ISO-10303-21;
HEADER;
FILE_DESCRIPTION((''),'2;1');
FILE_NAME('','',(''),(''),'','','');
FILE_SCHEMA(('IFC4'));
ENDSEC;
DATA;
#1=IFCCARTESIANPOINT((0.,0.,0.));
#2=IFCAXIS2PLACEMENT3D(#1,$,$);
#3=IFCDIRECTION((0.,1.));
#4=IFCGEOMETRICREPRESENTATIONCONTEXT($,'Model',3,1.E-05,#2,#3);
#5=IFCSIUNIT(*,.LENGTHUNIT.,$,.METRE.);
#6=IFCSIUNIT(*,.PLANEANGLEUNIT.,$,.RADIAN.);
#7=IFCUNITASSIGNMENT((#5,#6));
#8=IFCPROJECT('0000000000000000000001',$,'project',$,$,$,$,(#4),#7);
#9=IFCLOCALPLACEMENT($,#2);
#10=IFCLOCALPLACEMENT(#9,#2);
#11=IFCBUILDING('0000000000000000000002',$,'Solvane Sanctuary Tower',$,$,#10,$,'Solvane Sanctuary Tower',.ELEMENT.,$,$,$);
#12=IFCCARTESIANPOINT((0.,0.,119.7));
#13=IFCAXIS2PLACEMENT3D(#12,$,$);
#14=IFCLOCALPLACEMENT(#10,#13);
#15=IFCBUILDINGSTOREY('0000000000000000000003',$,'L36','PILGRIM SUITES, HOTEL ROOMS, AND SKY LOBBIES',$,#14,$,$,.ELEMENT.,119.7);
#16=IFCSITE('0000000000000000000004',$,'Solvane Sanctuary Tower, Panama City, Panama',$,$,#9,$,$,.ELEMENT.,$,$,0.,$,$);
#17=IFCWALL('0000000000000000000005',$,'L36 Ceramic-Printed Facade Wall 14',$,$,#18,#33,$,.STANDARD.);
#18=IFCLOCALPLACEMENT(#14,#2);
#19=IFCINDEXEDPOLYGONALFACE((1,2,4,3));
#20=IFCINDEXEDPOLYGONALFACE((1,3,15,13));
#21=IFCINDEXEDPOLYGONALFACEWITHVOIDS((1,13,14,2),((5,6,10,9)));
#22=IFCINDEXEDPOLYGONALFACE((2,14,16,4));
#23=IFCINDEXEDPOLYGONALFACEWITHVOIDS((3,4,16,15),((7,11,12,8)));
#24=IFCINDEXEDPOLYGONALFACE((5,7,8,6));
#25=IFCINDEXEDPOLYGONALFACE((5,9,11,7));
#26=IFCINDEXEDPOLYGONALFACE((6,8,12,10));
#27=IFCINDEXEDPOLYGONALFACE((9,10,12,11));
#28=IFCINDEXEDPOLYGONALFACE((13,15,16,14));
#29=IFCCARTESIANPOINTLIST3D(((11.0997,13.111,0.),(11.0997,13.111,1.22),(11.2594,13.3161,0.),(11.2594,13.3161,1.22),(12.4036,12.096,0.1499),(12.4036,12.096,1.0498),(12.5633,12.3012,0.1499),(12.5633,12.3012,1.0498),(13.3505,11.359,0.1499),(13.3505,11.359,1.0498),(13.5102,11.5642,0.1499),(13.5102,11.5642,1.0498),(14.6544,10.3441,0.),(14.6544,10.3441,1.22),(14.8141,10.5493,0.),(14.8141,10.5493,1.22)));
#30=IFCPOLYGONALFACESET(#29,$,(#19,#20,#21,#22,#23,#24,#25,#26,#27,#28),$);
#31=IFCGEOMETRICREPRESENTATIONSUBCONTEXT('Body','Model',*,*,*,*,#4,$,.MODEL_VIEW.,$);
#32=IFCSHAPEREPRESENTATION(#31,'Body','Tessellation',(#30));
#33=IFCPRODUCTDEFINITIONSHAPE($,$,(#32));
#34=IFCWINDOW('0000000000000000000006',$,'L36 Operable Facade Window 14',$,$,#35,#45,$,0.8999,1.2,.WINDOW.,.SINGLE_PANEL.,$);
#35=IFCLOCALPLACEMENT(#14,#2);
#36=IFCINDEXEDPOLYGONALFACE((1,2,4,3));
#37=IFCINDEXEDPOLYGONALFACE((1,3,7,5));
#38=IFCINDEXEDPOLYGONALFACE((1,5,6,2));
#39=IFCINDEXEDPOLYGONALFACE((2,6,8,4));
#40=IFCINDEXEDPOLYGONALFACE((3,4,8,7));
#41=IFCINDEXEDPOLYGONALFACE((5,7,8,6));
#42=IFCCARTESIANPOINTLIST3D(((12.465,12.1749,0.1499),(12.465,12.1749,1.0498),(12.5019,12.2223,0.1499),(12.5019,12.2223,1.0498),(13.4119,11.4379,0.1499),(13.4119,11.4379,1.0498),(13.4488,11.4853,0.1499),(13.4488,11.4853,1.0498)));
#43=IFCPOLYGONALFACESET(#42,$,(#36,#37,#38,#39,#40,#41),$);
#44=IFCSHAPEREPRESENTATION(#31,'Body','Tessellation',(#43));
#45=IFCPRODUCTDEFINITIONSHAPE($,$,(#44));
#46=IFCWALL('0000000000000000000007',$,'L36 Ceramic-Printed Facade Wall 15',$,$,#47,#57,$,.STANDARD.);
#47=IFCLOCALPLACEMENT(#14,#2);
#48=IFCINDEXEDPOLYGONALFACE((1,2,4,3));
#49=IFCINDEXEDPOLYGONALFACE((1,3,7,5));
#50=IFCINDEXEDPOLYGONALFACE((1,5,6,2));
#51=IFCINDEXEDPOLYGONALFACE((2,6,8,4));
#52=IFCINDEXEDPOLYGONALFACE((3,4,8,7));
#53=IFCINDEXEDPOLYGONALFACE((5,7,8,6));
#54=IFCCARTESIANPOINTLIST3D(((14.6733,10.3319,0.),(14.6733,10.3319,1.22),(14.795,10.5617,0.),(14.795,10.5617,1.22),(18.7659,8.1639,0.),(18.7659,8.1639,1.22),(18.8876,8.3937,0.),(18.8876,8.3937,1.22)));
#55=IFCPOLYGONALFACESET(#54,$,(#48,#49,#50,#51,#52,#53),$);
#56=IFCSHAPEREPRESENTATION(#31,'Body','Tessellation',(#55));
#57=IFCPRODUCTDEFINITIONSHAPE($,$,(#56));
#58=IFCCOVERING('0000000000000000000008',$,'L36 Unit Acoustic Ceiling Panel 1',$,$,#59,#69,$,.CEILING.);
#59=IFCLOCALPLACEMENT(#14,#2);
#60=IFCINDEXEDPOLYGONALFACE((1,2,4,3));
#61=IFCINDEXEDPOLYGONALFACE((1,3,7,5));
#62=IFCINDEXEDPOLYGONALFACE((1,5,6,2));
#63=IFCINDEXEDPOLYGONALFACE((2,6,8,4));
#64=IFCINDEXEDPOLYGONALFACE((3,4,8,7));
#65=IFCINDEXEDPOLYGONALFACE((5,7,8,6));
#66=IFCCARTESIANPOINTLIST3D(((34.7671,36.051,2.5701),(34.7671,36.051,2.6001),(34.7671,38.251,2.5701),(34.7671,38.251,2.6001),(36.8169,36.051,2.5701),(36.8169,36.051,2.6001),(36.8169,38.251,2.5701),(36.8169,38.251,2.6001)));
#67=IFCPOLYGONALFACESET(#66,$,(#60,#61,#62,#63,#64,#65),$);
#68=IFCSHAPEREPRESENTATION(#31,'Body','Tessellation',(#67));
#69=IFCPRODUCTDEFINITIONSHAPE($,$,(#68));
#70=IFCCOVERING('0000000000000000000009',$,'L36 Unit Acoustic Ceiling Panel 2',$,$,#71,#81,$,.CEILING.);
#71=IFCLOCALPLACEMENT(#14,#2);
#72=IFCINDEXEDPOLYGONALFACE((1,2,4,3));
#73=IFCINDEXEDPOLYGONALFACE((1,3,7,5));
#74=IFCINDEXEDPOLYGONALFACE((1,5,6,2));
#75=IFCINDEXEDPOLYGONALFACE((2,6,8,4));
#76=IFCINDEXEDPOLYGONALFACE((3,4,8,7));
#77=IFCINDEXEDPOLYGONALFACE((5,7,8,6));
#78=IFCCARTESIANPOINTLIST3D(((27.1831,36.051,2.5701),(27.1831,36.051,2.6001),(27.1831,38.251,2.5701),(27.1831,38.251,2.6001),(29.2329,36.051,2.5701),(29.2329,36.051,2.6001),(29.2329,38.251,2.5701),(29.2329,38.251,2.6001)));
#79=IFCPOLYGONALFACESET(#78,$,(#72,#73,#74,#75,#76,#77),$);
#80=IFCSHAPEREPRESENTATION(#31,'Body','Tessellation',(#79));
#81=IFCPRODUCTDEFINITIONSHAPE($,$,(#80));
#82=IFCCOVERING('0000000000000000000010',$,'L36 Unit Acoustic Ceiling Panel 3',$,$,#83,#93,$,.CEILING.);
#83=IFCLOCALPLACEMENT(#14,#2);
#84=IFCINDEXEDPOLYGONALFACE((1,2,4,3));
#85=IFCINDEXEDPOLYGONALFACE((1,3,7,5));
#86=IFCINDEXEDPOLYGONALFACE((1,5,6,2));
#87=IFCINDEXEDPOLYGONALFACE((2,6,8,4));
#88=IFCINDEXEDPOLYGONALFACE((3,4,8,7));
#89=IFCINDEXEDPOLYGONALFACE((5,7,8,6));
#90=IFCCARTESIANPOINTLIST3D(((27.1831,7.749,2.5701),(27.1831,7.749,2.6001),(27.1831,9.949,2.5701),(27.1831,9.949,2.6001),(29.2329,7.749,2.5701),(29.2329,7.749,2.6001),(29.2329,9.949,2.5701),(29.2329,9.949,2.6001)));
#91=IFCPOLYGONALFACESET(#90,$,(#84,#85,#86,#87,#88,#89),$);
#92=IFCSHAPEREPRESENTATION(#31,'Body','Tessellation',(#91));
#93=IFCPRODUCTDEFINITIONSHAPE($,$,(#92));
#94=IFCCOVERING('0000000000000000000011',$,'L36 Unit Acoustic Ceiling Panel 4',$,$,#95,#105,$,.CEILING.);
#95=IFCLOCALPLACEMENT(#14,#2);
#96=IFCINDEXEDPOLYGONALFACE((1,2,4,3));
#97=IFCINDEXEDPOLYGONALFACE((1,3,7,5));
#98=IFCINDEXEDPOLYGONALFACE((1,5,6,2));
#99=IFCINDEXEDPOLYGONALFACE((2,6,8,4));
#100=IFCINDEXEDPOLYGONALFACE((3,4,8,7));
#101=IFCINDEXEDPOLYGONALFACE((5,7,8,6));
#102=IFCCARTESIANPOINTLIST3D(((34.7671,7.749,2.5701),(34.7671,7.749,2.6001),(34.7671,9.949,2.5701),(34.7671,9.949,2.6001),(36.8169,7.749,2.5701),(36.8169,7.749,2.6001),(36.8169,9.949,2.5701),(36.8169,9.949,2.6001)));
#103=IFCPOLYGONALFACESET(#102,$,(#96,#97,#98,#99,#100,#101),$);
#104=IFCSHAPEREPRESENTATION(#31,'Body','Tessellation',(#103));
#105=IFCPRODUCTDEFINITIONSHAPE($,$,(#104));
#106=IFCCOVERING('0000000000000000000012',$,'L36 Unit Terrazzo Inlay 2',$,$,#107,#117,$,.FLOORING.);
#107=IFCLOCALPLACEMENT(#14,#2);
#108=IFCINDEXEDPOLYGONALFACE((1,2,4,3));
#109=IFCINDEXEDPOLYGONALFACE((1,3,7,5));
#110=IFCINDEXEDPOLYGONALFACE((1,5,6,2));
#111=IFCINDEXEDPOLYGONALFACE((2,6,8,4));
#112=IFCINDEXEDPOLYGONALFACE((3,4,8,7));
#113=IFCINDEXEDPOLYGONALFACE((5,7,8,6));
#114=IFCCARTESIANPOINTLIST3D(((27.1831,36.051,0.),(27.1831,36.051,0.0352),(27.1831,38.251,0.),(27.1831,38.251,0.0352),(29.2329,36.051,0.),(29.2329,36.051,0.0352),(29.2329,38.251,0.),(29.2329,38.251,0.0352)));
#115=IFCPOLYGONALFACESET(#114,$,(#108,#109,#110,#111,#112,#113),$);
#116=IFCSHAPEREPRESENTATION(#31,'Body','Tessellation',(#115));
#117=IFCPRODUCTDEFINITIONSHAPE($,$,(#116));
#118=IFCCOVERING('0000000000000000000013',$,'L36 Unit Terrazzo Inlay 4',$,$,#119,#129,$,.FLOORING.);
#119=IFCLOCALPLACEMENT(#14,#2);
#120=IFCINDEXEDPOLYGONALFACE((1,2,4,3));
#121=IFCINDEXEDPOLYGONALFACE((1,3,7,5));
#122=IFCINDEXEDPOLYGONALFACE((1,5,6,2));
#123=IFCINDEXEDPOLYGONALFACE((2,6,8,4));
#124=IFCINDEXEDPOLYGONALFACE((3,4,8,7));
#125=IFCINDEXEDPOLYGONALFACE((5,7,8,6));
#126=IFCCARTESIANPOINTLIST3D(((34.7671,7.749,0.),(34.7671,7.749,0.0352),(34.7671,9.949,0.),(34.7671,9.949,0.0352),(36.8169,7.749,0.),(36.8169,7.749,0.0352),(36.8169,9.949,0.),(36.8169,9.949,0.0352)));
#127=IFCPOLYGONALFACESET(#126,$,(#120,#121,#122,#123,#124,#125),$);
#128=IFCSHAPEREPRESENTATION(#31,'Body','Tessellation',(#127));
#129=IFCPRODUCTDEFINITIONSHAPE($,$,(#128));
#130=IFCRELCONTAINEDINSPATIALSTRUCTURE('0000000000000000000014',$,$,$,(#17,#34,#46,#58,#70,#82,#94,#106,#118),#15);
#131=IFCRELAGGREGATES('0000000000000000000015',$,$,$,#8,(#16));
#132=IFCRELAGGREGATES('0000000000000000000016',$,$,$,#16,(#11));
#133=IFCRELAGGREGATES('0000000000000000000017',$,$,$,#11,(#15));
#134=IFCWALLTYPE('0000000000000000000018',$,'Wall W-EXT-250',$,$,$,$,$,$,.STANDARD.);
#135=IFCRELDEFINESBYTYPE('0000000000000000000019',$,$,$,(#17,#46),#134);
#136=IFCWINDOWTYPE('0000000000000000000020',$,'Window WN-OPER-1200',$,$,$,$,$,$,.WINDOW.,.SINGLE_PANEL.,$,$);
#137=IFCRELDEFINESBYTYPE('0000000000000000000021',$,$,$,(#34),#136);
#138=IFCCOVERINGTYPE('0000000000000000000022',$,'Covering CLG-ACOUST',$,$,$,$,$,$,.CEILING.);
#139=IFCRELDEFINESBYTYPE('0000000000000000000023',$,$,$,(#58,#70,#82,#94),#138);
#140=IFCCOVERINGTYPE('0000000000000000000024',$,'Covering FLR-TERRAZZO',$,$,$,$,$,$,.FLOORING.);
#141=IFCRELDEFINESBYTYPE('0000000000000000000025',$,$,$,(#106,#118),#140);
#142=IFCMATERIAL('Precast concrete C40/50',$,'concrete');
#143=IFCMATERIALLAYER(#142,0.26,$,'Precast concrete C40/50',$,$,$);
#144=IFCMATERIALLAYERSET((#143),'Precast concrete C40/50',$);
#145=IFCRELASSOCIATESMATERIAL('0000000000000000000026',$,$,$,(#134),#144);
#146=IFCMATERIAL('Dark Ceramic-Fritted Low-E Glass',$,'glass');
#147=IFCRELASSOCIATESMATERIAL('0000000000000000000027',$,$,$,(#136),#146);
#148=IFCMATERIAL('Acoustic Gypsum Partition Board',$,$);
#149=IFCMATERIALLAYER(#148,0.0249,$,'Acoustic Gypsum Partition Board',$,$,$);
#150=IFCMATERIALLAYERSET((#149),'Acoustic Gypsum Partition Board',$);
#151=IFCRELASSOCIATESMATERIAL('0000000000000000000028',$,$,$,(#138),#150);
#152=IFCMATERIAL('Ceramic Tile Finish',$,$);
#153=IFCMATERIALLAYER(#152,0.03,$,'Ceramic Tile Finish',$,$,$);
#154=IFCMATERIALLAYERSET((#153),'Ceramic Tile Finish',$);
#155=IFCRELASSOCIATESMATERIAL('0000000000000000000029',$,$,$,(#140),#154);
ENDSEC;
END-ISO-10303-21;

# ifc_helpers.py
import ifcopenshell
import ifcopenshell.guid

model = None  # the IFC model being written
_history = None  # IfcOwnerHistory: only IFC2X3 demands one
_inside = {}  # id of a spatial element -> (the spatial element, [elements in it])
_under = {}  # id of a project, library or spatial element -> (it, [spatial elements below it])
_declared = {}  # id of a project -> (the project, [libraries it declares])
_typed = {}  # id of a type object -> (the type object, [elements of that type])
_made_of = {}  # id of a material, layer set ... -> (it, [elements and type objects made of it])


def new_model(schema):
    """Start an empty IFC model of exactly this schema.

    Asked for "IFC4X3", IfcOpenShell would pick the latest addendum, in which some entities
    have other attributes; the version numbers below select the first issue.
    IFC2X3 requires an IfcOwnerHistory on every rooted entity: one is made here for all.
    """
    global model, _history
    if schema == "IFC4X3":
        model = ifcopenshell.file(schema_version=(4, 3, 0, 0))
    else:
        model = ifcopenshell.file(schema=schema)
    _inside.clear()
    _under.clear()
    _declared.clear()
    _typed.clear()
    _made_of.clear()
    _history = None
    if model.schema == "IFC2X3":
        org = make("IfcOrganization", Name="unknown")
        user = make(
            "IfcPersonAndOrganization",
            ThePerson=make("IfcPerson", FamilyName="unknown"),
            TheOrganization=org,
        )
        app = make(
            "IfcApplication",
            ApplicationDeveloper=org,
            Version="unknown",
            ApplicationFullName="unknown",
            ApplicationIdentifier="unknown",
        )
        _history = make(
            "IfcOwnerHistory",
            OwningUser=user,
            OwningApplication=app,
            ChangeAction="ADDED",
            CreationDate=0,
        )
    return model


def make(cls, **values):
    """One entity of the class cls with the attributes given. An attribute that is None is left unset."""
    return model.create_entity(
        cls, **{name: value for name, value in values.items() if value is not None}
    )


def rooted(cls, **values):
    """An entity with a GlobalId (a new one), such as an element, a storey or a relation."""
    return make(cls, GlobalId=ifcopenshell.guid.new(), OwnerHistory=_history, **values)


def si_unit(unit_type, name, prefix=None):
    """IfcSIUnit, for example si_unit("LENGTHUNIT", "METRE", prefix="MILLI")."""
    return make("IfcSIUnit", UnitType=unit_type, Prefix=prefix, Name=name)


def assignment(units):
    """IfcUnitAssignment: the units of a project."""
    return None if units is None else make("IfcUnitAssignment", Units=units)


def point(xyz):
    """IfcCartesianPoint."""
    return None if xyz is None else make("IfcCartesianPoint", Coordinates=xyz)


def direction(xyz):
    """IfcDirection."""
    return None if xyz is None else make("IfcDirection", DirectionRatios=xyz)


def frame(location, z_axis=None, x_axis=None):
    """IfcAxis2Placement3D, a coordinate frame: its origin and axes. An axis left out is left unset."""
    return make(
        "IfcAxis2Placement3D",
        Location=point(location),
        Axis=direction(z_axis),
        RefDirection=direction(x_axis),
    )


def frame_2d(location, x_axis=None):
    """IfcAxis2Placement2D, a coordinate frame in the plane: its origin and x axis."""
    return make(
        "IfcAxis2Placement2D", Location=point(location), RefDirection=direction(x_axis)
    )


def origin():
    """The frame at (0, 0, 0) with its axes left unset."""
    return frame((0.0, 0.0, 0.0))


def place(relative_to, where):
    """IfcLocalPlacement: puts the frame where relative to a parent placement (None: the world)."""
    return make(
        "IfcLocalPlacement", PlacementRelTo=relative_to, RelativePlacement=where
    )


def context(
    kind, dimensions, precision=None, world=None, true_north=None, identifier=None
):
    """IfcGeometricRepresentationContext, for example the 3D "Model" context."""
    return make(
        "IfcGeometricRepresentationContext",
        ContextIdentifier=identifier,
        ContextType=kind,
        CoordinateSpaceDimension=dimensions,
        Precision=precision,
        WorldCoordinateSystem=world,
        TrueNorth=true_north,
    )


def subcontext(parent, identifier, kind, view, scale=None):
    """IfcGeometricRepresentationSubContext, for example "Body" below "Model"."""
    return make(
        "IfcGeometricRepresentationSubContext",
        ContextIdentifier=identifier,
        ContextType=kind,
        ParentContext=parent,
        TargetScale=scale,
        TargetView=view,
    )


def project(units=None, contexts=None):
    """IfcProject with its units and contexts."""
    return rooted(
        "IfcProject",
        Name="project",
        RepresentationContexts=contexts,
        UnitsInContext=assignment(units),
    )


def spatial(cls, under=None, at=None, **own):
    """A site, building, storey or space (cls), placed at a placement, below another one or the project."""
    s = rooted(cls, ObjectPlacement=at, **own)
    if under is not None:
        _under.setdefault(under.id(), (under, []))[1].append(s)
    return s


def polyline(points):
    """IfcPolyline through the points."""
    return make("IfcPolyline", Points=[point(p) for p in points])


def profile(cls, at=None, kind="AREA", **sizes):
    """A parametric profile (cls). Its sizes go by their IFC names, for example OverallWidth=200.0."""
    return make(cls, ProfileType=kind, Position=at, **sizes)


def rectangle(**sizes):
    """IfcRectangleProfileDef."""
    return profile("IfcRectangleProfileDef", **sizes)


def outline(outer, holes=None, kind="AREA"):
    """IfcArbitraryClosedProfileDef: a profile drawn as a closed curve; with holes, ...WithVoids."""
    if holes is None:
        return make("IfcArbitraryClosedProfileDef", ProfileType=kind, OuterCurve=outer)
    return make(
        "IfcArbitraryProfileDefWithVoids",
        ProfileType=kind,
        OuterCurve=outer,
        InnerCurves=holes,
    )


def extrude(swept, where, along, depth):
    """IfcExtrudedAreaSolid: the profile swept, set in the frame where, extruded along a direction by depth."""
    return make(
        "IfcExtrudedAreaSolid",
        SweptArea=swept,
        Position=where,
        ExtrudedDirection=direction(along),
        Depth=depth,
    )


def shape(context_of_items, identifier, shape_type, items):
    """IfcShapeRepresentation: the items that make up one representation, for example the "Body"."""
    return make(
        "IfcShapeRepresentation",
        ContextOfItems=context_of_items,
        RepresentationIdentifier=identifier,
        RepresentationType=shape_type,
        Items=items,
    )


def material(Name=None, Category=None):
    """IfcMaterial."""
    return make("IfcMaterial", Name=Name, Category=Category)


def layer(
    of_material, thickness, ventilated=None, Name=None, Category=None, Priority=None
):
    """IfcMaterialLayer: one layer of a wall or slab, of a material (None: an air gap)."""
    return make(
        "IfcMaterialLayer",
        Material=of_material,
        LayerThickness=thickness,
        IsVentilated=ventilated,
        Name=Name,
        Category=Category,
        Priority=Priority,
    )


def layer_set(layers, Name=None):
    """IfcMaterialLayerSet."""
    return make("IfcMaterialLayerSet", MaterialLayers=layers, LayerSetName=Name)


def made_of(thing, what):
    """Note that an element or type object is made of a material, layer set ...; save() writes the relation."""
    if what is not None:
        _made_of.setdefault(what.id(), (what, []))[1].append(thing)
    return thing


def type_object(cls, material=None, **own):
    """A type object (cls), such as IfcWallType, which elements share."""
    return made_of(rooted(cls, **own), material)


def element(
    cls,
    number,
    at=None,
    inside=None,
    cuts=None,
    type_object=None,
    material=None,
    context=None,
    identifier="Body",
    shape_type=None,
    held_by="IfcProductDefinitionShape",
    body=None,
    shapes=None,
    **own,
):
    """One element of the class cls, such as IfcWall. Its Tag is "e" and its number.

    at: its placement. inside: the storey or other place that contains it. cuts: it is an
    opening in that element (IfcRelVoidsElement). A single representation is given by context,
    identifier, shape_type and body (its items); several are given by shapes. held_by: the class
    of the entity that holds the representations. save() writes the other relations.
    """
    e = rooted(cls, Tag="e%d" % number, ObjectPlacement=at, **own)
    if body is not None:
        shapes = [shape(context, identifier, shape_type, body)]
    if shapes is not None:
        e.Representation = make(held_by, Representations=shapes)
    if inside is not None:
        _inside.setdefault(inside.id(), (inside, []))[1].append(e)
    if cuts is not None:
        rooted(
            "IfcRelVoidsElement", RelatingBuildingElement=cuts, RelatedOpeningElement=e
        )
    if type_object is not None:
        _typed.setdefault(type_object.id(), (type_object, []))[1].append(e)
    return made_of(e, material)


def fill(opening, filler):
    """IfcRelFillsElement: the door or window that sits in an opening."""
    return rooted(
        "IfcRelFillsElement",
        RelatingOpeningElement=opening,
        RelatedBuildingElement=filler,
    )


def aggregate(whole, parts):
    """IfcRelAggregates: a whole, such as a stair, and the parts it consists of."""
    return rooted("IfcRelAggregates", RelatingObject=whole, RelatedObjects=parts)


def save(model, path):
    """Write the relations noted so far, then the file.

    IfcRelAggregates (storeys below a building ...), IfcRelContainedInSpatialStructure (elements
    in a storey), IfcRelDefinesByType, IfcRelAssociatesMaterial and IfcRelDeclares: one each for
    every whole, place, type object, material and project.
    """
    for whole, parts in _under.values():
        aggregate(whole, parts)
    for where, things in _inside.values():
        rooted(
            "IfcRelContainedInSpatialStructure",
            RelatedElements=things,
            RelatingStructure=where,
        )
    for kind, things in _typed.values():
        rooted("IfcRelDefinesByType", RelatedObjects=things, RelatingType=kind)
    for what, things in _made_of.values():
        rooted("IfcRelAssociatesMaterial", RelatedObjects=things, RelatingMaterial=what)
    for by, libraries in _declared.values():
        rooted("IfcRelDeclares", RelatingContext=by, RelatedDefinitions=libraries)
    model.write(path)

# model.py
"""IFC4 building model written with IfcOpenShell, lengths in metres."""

from ifc_helpers import new_model, si_unit, direction, frame, frame_2d, origin, place, context, subcontext, project, spatial, polyline, rectangle, outline, extrude, material, layer, layer_set, type_object, element, fill, save


model = new_model("IFC4")

# Units and contexts
model_context = context("Model", 3, precision=1e-05, world=origin(), true_north=direction((0.0, 1.0)))
body_context = subcontext(model_context, "Body", "Model", "MODEL_VIEW")
ifc_project = project(units=[si_unit("LENGTHUNIT", "METRE"), si_unit("PLANEANGLEUNIT", "RADIAN")], contexts=[model_context])

# Site, building, storey
site_placement = place(None, origin())
site = spatial("IfcSite", under=ifc_project, at=site_placement, Name="Solvane Sanctuary Tower, Panama City, Panama", CompositionType="ELEMENT", RefElevation=0.0)
building_placement = place(site_placement, origin())
building = spatial("IfcBuilding", under=site, at=building_placement, Name="Solvane Sanctuary Tower", LongName="Solvane Sanctuary Tower", CompositionType="ELEMENT")
storey_placement = place(building_placement, frame((0.0, 0.0, 119.7)))
storey = spatial("IfcBuildingStorey", under=building, at=storey_placement, Name="L36", Description="PILGRIM SUITES, HOTEL ROOMS, AND SKY LOBBIES", CompositionType="ELEMENT", Elevation=119.7)

# Shared definitions
ifc_material_1 = material(Name="Acoustic Gypsum Partition Board")

# Wall, opening, window
ifc_material_2 = material(Name="Precast concrete C40/50", Category="concrete")
ifc_layer_1 = layer(ifc_material_2, 0.26, Name="Precast concrete C40/50")
ifc_layer_set_1 = layer_set([ifc_layer_1], Name="Precast concrete C40/50")
wall_type_1 = type_object("IfcWallType", Name="Wall W-EXT-250", PredefinedType="STANDARD", material=ifc_layer_set_1)
wall_1_placement = place(storey_placement, frame((11.1794, 13.2136, 0.0), z_axis=(0.0, 0.0, 1.0), x_axis=(0.789127, -0.614229, 0.0)))
wall_1 = element("IfcWall", 1, at=wall_1_placement, inside=storey, type_object=wall_type_1, Name="L36 Ceramic-Printed Facade Wall 14", PredefinedType="STANDARD", context=body_context, shape_type="SweptSolid", body=[
    extrude(rectangle(XDim=4.5046, YDim=0.26, at=frame_2d((2.2524, 0.0))), origin(), (0.0, 0.0, 1.0), 1.22),
])
opening_1_placement = place(wall_1_placement, frame((1.6523, 0.0, 0.1499)))
opening_1 = element("IfcOpeningElement", 2, at=opening_1_placement, cuts=wall_1, PredefinedType="OPENING", context=body_context, shape_type="SweptSolid", body=[
    extrude(rectangle(XDim=1.2, YDim=0.8999, at=frame_2d((0.6001, 0.45))), frame((0.0, 0.1399, 0.0), z_axis=(0.0, -1.0, 0.0), x_axis=(1.0, 0.0, 0.0)), (0.0, 0.0, 1.0), 0.28),
])
ifc_material_3 = material(Name="Dark Ceramic-Fritted Low-E Glass", Category="glass")
window_type = type_object("IfcWindowType", Name="Window WN-OPER-1200", PartitioningType="SINGLE_PANEL", PredefinedType="WINDOW", material=ifc_material_3)
window_placement = place(opening_1_placement, origin())
window = element("IfcWindow", 3, at=window_placement, inside=storey, type_object=window_type, Name="L36 Operable Facade Window 14", OverallHeight=0.8999, OverallWidth=1.2, PartitioningType="SINGLE_PANEL", PredefinedType="WINDOW", context=body_context, shape_type="SweptSolid", body=[
    extrude(rectangle(XDim=1.2, YDim=0.8999, at=frame_2d((0.6001, 0.45))), frame((0.0, 0.03, 0.0), z_axis=(0.0, -1.0, 0.0), x_axis=(1.0, 0.0, 0.0)), (0.0, 0.0, 1.0), 0.0601),
])
fill(opening_1, window)

# Wall
wall_2_placement = place(storey_placement, frame((14.7341, 10.4468, 0.0), z_axis=(0.0, 0.0, 1.0), x_axis=(0.883669, -0.468113, 0.0)))
element("IfcWall", 4, at=wall_2_placement, inside=storey, type_object=wall_type_1, Name="L36 Ceramic-Printed Facade Wall 15", PredefinedType="STANDARD", context=body_context, shape_type="SweptSolid", body=[
    extrude(rectangle(XDim=4.6313, YDim=0.26, at=frame_2d((2.3157, 0.0))), origin(), (0.0, 0.0, 1.0), 1.22),
])

# Coverings
ifc_layer_2 = layer(ifc_material_1, 0.0249, Name="Acoustic Gypsum Partition Board")
ifc_layer_set_2 = layer_set([ifc_layer_2], Name="Acoustic Gypsum Partition Board")
covering_type_1 = type_object("IfcCoveringType", Name="Covering CLG-ACOUST", PredefinedType="CEILING", material=ifc_layer_set_2)
covering_1_placement = place(storey_placement, frame((0.0, 0.0, 2.5701)))
element("IfcCovering", 5, at=covering_1_placement, inside=storey, type_object=covering_type_1, Name="L36 Unit Acoustic Ceiling Panel 1", PredefinedType="CEILING", context=body_context, shape_type="SweptSolid", body=[
    extrude(outline(polyline([(34.7671, 36.051), (36.8169, 36.051), (36.8169, 38.251), (34.7671, 38.251), (34.7671, 36.051)])), origin(), (0.0, 0.0, 1.0), 0.03),
])
covering_2_placement = place(storey_placement, frame((0.0, 0.0, 2.5701)))
element("IfcCovering", 6, at=covering_2_placement, inside=storey, type_object=covering_type_1, Name="L36 Unit Acoustic Ceiling Panel 2", PredefinedType="CEILING", context=body_context, shape_type="SweptSolid", body=[
    extrude(outline(polyline([(27.1831, 36.051), (29.2329, 36.051), (29.2329, 38.251), (27.1831, 38.251), (27.1831, 36.051)])), origin(), (0.0, 0.0, 1.0), 0.03),
])
covering_3_placement = place(storey_placement, frame((0.0, 0.0, 2.5701)))
element("IfcCovering", 7, at=covering_3_placement, inside=storey, type_object=covering_type_1, Name="L36 Unit Acoustic Ceiling Panel 3", PredefinedType="CEILING", context=body_context, shape_type="SweptSolid", body=[
    extrude(outline(polyline([(27.1831, 7.749), (29.2329, 7.749), (29.2329, 9.949), (27.1831, 9.949), (27.1831, 7.749)])), origin(), (0.0, 0.0, 1.0), 0.03),
])
covering_4_placement = place(storey_placement, frame((0.0, 0.0, 2.5701)))
element("IfcCovering", 8, at=covering_4_placement, inside=storey, type_object=covering_type_1, Name="L36 Unit Acoustic Ceiling Panel 4", PredefinedType="CEILING", context=body_context, shape_type="SweptSolid", body=[
    extrude(outline(polyline([(34.7671, 7.749), (36.8169, 7.749), (36.8169, 9.949), (34.7671, 9.949), (34.7671, 7.749)])), origin(), (0.0, 0.0, 1.0), 0.03),
])
ifc_material_4 = material(Name="Ceramic Tile Finish")
ifc_layer_3 = layer(ifc_material_4, 0.03, Name="Ceramic Tile Finish")
ifc_layer_set_3 = layer_set([ifc_layer_3], Name="Ceramic Tile Finish")
covering_type_2 = type_object("IfcCoveringType", Name="Covering FLR-TERRAZZO", PredefinedType="FLOORING", material=ifc_layer_set_3)
covering_5_placement = place(storey_placement, origin())
element("IfcCovering", 9, at=covering_5_placement, inside=storey, type_object=covering_type_2, Name="L36 Unit Terrazzo Inlay 2", PredefinedType="FLOORING", context=body_context, shape_type="SweptSolid", body=[
    extrude(outline(polyline([(27.1831, 36.051), (29.2329, 36.051), (29.2329, 38.251), (27.1831, 38.251), (27.1831, 36.051)])), origin(), (0.0, 0.0, 1.0), 0.0352),
])
covering_6_placement = place(storey_placement, origin())
element("IfcCovering", 10, at=covering_6_placement, inside=storey, type_object=covering_type_2, Name="L36 Unit Terrazzo Inlay 4", PredefinedType="FLOORING", context=body_context, shape_type="SweptSolid", body=[
    extrude(outline(polyline([(34.7671, 7.749), (36.8169, 7.749), (36.8169, 9.949), (34.7671, 9.949), (34.7671, 7.749)])), origin(), (0.0, 0.0, 1.0), 0.0352),
])

save(model, "model.ifc")
